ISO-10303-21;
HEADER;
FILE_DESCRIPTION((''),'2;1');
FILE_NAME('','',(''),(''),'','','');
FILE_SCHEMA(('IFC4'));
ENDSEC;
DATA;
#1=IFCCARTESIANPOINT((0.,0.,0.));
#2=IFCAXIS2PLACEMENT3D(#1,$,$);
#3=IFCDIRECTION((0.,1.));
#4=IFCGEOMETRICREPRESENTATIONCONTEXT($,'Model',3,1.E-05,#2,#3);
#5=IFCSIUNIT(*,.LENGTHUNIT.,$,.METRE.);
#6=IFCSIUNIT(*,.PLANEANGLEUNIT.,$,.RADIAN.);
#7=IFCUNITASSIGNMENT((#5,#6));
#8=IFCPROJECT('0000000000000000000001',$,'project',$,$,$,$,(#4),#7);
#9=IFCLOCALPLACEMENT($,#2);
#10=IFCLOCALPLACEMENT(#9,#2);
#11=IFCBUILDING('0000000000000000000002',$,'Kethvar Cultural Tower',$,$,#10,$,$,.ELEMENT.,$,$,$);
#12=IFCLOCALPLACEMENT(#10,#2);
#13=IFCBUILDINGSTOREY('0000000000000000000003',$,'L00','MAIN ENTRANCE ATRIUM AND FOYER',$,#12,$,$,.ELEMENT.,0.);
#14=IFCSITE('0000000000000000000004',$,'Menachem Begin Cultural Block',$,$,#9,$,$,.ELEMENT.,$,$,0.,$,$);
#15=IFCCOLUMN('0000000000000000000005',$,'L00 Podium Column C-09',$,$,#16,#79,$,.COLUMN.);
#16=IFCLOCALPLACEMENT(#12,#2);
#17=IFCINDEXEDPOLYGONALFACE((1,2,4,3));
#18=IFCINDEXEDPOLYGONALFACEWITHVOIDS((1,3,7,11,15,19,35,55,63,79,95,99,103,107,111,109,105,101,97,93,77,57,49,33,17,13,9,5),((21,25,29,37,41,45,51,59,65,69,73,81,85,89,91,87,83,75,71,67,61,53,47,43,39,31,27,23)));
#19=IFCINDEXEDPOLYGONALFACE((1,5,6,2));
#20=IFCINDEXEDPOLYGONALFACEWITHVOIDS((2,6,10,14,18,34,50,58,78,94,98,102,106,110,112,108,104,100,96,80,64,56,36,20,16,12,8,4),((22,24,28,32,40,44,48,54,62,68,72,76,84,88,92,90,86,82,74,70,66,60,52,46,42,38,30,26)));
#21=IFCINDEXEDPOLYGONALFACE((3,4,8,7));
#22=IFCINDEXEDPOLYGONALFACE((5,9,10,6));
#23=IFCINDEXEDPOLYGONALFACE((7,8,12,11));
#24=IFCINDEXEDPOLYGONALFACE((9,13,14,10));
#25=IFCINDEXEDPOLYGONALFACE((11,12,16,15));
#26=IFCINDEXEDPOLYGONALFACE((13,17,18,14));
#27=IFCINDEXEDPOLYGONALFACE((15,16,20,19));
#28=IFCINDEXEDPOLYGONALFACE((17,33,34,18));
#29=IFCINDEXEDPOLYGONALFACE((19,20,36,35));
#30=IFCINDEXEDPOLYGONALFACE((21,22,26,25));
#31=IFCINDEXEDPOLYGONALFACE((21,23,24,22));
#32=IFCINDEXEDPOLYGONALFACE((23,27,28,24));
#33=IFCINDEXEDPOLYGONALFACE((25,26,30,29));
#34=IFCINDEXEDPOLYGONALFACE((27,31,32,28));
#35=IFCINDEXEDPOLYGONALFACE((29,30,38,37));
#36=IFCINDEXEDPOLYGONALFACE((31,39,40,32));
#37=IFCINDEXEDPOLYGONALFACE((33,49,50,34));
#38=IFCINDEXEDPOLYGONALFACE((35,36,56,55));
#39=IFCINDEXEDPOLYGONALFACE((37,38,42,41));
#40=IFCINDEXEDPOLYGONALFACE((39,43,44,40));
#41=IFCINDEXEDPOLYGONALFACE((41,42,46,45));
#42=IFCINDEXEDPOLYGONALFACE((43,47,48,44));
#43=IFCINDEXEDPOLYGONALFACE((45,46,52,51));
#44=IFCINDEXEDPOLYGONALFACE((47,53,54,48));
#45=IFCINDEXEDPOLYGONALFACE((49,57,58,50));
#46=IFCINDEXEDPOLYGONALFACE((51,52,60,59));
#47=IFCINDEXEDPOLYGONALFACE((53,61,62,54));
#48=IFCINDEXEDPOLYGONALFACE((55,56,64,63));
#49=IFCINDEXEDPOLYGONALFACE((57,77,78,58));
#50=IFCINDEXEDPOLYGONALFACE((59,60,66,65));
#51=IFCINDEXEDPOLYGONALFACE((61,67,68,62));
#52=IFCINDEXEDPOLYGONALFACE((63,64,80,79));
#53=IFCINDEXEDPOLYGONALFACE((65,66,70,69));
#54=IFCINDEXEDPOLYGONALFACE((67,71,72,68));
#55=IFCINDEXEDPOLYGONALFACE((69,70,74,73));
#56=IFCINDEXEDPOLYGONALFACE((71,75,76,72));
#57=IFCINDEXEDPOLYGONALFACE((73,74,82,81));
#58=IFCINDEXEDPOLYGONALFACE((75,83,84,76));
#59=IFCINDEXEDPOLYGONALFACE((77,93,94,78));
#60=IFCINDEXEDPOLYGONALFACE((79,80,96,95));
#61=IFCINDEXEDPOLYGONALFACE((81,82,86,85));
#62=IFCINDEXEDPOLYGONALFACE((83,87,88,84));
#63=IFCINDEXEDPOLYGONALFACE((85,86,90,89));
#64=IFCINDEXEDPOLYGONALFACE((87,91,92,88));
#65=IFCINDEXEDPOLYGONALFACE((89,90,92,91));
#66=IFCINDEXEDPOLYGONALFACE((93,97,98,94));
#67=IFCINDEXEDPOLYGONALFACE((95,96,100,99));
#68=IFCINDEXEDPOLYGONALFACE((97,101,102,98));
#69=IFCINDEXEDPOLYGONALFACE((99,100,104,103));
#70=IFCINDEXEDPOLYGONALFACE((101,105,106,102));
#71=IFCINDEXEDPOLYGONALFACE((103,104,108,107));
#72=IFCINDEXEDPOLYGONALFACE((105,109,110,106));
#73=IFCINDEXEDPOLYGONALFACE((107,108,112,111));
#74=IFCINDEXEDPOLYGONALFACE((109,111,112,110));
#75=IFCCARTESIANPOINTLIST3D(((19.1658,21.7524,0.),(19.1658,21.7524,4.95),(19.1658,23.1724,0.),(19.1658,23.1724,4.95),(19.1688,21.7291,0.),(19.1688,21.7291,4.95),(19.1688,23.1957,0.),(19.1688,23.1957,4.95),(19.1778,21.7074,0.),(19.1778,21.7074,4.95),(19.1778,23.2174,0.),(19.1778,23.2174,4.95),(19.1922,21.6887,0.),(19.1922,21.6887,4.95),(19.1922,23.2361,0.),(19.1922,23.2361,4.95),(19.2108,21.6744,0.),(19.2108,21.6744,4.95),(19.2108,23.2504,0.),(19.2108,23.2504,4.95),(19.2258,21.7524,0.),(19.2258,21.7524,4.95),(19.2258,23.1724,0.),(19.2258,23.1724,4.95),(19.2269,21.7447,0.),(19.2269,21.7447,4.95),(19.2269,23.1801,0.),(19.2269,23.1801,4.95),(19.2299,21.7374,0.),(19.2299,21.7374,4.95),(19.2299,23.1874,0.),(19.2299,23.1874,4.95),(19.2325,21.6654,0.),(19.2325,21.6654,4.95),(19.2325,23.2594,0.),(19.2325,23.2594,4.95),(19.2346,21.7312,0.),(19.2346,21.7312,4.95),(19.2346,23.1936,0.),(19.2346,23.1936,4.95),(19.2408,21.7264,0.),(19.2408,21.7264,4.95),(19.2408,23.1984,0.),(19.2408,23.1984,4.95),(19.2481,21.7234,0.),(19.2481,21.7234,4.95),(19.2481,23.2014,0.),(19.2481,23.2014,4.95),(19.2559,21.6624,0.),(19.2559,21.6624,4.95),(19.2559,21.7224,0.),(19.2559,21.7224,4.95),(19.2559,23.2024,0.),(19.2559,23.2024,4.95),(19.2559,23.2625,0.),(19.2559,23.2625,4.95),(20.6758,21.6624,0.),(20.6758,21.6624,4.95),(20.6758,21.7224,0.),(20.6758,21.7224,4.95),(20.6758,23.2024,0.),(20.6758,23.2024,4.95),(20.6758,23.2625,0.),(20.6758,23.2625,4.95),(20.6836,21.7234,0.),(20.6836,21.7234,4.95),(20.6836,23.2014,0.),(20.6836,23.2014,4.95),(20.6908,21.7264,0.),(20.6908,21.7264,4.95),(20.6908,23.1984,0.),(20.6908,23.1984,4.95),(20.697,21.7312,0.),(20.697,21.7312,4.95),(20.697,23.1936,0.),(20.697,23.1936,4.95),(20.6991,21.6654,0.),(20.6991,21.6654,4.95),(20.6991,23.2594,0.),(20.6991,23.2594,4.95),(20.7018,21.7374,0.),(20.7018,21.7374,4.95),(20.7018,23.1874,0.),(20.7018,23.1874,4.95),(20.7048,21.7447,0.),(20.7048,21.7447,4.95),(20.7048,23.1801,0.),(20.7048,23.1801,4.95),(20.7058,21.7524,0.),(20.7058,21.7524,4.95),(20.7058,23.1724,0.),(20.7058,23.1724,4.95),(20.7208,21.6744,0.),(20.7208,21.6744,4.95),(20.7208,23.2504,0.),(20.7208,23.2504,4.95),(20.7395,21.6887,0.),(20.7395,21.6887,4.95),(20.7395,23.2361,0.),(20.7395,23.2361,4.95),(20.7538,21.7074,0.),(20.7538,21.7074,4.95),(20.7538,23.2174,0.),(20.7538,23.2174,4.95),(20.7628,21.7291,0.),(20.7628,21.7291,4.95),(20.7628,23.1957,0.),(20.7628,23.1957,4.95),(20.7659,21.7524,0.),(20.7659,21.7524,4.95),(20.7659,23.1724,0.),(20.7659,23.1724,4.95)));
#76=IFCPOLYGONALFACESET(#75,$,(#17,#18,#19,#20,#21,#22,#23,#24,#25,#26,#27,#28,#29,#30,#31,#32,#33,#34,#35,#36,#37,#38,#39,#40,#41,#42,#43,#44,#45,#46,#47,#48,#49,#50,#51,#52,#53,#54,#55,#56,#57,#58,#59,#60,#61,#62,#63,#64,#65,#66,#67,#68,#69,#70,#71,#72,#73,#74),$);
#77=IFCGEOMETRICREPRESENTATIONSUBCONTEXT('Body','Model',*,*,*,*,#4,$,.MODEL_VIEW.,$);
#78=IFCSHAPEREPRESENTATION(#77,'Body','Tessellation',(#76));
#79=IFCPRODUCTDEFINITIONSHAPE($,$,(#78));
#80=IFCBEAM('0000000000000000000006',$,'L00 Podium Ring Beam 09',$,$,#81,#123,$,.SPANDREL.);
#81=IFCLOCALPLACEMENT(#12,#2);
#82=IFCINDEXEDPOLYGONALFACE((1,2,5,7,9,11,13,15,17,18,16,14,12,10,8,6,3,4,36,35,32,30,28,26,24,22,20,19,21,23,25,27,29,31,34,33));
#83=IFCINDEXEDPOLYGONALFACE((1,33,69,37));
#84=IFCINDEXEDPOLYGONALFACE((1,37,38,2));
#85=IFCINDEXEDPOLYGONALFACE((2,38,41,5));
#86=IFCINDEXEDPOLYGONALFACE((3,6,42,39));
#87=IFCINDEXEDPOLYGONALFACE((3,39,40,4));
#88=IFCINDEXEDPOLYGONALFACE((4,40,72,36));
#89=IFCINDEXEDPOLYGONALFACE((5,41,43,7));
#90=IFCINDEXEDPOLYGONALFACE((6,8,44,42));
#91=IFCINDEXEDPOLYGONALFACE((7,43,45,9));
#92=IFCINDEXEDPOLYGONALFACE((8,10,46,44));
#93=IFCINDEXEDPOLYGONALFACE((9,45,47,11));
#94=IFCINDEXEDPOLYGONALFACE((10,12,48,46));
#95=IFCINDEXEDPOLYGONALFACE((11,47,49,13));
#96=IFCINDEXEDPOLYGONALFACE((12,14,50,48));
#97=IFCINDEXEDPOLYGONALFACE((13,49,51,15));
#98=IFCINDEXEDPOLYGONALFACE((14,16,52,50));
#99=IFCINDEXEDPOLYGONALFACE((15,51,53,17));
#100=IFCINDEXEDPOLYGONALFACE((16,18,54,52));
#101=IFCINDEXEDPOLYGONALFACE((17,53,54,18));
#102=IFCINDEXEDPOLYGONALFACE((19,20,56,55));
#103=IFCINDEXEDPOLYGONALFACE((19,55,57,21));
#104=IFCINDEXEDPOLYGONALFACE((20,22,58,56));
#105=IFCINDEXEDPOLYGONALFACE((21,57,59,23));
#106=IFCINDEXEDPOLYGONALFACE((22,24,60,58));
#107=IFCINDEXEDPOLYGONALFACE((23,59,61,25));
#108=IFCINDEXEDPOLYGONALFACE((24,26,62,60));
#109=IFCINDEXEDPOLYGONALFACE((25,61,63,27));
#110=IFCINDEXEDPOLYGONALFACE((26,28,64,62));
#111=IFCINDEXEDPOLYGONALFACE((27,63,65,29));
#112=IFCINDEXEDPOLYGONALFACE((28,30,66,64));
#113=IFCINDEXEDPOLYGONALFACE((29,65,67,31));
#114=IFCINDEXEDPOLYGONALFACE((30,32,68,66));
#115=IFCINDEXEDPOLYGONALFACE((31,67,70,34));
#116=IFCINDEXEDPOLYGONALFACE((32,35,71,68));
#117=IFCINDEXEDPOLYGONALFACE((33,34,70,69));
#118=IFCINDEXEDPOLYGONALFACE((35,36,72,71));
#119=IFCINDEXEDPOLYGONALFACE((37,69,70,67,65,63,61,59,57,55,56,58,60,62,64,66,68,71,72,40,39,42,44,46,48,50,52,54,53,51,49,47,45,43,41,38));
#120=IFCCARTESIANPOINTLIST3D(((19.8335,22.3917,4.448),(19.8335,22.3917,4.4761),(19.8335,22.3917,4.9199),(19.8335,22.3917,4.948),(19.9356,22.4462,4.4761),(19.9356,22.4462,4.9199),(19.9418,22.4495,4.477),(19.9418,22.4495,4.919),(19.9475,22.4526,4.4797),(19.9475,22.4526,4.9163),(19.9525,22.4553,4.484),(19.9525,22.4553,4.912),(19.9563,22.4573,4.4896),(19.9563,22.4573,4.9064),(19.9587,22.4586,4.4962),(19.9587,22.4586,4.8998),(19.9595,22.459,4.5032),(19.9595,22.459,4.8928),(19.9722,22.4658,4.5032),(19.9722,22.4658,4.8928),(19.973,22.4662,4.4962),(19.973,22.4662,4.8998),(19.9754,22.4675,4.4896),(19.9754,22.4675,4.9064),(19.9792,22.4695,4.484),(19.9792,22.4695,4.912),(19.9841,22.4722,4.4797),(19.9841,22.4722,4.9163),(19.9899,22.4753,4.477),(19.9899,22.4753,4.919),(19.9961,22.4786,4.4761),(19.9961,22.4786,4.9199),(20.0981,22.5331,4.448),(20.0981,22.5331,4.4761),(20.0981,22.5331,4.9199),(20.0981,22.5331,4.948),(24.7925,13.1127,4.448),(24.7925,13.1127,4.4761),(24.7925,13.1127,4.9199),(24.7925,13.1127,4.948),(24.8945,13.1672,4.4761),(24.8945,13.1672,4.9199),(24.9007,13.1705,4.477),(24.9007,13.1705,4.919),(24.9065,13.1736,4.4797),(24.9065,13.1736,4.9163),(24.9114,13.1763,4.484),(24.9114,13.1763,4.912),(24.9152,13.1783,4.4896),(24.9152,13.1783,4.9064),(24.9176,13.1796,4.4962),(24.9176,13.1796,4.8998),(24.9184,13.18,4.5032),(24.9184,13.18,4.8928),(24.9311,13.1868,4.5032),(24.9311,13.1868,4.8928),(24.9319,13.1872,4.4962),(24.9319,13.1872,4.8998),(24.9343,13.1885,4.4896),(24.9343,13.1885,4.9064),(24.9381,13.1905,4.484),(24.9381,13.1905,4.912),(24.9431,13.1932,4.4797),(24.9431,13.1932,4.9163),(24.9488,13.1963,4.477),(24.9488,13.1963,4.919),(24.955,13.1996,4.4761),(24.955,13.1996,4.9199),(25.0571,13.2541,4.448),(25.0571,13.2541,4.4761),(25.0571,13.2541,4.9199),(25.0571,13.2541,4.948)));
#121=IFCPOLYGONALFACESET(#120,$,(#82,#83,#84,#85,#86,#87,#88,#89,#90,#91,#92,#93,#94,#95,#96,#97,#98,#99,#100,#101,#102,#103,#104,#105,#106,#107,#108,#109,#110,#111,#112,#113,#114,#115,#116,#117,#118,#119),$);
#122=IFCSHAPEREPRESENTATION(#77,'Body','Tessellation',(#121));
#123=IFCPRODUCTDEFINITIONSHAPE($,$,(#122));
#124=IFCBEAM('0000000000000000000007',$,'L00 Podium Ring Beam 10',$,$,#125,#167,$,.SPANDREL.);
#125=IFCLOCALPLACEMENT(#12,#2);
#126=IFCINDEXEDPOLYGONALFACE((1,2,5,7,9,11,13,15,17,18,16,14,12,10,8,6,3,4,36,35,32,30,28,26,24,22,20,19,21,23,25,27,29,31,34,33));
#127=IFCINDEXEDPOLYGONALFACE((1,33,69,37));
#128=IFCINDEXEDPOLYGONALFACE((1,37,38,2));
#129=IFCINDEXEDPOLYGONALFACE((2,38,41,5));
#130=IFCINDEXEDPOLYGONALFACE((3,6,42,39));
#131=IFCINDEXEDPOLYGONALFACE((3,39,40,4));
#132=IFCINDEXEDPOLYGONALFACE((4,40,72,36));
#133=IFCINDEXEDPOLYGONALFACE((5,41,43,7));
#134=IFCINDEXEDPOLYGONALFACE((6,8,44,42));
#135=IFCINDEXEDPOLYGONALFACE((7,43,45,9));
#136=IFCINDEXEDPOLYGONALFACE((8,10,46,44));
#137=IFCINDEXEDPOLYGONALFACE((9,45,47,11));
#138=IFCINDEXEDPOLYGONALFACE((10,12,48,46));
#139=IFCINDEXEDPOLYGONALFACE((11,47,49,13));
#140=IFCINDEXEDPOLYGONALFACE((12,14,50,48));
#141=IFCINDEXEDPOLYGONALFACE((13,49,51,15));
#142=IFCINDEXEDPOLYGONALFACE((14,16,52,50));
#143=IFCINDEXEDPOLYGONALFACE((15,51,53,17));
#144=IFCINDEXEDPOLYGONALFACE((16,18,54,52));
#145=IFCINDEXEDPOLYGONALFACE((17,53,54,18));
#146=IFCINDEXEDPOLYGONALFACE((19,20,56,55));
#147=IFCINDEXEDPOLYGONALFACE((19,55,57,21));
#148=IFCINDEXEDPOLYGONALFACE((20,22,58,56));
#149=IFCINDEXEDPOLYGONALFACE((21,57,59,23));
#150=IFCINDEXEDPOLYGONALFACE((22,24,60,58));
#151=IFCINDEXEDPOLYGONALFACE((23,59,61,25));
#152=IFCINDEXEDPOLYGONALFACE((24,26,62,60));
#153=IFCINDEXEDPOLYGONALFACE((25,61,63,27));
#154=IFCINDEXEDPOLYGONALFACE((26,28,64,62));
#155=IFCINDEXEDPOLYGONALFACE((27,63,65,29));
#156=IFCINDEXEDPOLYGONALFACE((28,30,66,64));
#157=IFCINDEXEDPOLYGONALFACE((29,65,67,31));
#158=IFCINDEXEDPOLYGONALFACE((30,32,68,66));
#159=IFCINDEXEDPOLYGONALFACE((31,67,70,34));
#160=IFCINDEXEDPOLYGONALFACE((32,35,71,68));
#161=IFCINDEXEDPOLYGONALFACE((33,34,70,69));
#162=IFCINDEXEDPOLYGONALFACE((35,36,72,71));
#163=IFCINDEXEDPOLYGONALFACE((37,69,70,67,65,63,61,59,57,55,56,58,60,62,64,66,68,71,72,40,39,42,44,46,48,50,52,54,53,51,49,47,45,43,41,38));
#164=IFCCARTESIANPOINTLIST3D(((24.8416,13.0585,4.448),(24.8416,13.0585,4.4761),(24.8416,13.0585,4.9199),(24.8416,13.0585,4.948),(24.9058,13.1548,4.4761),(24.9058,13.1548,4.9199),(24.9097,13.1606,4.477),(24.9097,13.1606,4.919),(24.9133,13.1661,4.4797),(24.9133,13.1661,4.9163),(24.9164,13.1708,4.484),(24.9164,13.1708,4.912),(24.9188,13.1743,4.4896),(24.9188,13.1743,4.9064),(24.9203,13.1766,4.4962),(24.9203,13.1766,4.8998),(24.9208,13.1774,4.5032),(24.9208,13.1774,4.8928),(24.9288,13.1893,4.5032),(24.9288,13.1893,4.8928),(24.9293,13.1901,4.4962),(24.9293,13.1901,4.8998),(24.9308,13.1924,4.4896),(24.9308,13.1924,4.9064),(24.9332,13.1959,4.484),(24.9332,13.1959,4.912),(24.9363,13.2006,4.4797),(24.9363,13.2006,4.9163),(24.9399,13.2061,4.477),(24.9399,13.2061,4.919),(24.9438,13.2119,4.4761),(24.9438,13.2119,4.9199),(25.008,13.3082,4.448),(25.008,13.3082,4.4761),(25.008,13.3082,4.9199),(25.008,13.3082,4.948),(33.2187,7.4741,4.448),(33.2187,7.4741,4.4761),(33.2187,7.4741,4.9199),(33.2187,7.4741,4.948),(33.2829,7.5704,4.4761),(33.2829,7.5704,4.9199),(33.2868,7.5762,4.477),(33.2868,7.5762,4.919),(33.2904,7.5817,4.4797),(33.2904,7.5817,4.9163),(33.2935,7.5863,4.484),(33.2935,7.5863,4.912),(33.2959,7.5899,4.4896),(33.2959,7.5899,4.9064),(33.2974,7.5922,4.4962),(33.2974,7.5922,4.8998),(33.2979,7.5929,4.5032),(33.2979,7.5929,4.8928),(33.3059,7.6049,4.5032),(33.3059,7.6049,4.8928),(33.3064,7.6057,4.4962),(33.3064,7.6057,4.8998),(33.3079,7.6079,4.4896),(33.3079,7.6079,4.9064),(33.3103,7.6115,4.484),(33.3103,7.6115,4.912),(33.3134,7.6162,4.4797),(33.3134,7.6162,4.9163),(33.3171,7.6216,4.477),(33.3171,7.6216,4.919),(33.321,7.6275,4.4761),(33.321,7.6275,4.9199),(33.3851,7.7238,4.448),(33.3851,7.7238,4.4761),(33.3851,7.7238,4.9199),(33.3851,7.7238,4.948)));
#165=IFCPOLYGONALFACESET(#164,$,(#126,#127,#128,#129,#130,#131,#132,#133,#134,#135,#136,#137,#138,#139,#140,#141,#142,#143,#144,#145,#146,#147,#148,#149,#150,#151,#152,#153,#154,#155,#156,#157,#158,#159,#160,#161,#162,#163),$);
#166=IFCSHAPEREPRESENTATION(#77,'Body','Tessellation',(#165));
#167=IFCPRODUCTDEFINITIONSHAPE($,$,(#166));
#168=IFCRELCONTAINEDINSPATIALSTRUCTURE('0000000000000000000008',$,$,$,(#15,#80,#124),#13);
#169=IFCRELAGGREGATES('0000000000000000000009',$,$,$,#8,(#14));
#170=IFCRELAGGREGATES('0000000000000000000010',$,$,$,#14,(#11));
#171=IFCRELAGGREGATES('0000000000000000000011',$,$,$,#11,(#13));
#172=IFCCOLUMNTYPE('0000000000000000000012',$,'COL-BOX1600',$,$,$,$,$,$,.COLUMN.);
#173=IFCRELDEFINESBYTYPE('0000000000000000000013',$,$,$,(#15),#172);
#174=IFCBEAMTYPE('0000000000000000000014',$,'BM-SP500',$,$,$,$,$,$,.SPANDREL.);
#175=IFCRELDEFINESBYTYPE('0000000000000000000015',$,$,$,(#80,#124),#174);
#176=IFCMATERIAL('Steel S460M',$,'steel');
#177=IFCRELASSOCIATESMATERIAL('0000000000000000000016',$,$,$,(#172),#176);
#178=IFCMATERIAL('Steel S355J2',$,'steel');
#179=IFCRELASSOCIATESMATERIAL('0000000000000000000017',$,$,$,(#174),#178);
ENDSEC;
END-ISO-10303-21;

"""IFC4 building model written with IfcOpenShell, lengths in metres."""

from ifc_helpers import new_model, si_unit, direction, frame, origin, origin_2d, place, context, subcontext, project, spatial, hollow_rectangle, i_section, extrude, source, transform, mapped, material, material_profile, profile_set, type_object, element, save


model = new_model("IFC4")

# Units and contexts
model_context = context("Model", 3, precision=1e-05, world=origin(), true_north=direction((0.0, 1.0)))
body_context = subcontext(model_context, "Body", "Model", "MODEL_VIEW")
ifc_project = project(units=[si_unit("LENGTHUNIT", "METRE"), si_unit("PLANEANGLEUNIT", "RADIAN")], contexts=[model_context])

# Site, building, storey
site_placement = place(None, origin())
site = spatial("IfcSite", under=ifc_project, at=site_placement, Name="Menachem Begin Cultural Block", CompositionType="ELEMENT", RefElevation=0.0)
building_placement = place(site_placement, origin())
building = spatial("IfcBuilding", under=site, at=building_placement, Name="Kethvar Cultural Tower", CompositionType="ELEMENT")
storey_placement = place(building_placement, origin())
storey = spatial("IfcBuildingStorey", under=building, at=storey_placement, Name="L00", Description="MAIN ENTRANCE ATRIUM AND FOYER", CompositionType="ELEMENT", Elevation=0.0)

# Column
ifc_material_1 = material(Name="Steel S460M", Category="steel")
ifc_material_profile_1 = material_profile(ifc_material_1, hollow_rectangle(XDim=1.6001, YDim=1.6001, WallThickness=0.0601, InnerFilletRadius=0.03, OuterFilletRadius=0.0901, at=origin_2d()), Name="Steel S460M — BOX1600x1600x60")
ifc_profile_set_1 = profile_set([ifc_material_profile_1], Name="Steel S460M — BOX1600x1600x60")
column_type = type_object("IfcColumnType", Name="COL-BOX1600", PredefinedType="COLUMN", material=ifc_profile_set_1)
shared_shape_1 = source(origin(), body_context, "Body", "SweptSolid", [
    extrude(hollow_rectangle(XDim=1.6001, YDim=1.6001, WallThickness=0.0601, InnerFilletRadius=0.03, OuterFilletRadius=0.0901, at=origin_2d()), origin(), (0.0, 0.0, 1.0), 4.95),
])
column_placement = place(storey_placement, frame((19.9658, 22.4624, 0.0), z_axis=(0.0, 0.0, 1.0), x_axis=(1.0, 0.0, 0.0)))
element("IfcColumn", 1, at=column_placement, inside=storey, type_object=column_type, Name="L00 Podium Column C-09", PredefinedType="COLUMN", context=body_context, shape_type="MappedRepresentation", body=[
    mapped(shared_shape_1, transform((0.0, 0.0, 0.0), scale=1.0)),
])

# Beams
ifc_material_2 = material(Name="Steel S355J2", Category="steel")
ifc_material_profile_2 = material_profile(ifc_material_2, i_section(OverallWidth=0.3, OverallDepth=0.5, WebThickness=0.0144, FlangeThickness=0.0281, FilletRadius=0.0271, at=origin_2d()), Name="Steel S355J2 — HEB500")
ifc_profile_set_2 = profile_set([ifc_material_profile_2], Name="Steel S355J2 — HEB500")
beam_type_1 = type_object("IfcBeamType", Name="BM-SP500", PredefinedType="SPANDREL", material=ifc_profile_set_2)
shared_shape_2 = source(origin(), body_context, "Body", "SweptSolid", [
    extrude(i_section(OverallWidth=0.3, OverallDepth=0.5, WebThickness=0.0144, FlangeThickness=0.0281, FilletRadius=0.0271, at=origin_2d()), origin(), (0.0, 0.0, 1.0), 10.521),
])
beam_1_placement = place(storey_placement, frame((19.9658, 22.4624, 4.698), z_axis=(0.47134, -0.881952, 0.0), x_axis=(0.881952, 0.47134, 0.0)))
element("IfcBeam", 2, at=beam_1_placement, inside=storey, type_object=beam_type_1, Name="L00 Podium Ring Beam 09", PredefinedType="SPANDREL", context=body_context, shape_type="MappedRepresentation", body=[
    mapped(shared_shape_2, transform((0.0, 0.0, 0.0), scale=1.0)),
])
shared_shape_3 = source(origin(), body_context, "Body", "SweptSolid", [
    extrude(i_section(OverallWidth=0.3, OverallDepth=0.5, WebThickness=0.0144, FlangeThickness=0.0281, FilletRadius=0.0271, at=origin_2d()), origin(), (0.0, 0.0, 1.0), 10.0679),
])
beam_2_placement = place(storey_placement, frame((24.9248, 13.1833, 4.698), z_axis=(0.832065, -0.554678, 0.0), x_axis=(0.554678, 0.832065, 0.0)))
element("IfcBeam", 3, at=beam_2_placement, inside=storey, type_object=beam_type_1, Name="L00 Podium Ring Beam 10", PredefinedType="SPANDREL", context=body_context, shape_type="MappedRepresentation", body=[
    mapped(shared_shape_3, transform((0.0, 0.0, 0.0), scale=1.0)),
])

save(model, "model.ifc")
